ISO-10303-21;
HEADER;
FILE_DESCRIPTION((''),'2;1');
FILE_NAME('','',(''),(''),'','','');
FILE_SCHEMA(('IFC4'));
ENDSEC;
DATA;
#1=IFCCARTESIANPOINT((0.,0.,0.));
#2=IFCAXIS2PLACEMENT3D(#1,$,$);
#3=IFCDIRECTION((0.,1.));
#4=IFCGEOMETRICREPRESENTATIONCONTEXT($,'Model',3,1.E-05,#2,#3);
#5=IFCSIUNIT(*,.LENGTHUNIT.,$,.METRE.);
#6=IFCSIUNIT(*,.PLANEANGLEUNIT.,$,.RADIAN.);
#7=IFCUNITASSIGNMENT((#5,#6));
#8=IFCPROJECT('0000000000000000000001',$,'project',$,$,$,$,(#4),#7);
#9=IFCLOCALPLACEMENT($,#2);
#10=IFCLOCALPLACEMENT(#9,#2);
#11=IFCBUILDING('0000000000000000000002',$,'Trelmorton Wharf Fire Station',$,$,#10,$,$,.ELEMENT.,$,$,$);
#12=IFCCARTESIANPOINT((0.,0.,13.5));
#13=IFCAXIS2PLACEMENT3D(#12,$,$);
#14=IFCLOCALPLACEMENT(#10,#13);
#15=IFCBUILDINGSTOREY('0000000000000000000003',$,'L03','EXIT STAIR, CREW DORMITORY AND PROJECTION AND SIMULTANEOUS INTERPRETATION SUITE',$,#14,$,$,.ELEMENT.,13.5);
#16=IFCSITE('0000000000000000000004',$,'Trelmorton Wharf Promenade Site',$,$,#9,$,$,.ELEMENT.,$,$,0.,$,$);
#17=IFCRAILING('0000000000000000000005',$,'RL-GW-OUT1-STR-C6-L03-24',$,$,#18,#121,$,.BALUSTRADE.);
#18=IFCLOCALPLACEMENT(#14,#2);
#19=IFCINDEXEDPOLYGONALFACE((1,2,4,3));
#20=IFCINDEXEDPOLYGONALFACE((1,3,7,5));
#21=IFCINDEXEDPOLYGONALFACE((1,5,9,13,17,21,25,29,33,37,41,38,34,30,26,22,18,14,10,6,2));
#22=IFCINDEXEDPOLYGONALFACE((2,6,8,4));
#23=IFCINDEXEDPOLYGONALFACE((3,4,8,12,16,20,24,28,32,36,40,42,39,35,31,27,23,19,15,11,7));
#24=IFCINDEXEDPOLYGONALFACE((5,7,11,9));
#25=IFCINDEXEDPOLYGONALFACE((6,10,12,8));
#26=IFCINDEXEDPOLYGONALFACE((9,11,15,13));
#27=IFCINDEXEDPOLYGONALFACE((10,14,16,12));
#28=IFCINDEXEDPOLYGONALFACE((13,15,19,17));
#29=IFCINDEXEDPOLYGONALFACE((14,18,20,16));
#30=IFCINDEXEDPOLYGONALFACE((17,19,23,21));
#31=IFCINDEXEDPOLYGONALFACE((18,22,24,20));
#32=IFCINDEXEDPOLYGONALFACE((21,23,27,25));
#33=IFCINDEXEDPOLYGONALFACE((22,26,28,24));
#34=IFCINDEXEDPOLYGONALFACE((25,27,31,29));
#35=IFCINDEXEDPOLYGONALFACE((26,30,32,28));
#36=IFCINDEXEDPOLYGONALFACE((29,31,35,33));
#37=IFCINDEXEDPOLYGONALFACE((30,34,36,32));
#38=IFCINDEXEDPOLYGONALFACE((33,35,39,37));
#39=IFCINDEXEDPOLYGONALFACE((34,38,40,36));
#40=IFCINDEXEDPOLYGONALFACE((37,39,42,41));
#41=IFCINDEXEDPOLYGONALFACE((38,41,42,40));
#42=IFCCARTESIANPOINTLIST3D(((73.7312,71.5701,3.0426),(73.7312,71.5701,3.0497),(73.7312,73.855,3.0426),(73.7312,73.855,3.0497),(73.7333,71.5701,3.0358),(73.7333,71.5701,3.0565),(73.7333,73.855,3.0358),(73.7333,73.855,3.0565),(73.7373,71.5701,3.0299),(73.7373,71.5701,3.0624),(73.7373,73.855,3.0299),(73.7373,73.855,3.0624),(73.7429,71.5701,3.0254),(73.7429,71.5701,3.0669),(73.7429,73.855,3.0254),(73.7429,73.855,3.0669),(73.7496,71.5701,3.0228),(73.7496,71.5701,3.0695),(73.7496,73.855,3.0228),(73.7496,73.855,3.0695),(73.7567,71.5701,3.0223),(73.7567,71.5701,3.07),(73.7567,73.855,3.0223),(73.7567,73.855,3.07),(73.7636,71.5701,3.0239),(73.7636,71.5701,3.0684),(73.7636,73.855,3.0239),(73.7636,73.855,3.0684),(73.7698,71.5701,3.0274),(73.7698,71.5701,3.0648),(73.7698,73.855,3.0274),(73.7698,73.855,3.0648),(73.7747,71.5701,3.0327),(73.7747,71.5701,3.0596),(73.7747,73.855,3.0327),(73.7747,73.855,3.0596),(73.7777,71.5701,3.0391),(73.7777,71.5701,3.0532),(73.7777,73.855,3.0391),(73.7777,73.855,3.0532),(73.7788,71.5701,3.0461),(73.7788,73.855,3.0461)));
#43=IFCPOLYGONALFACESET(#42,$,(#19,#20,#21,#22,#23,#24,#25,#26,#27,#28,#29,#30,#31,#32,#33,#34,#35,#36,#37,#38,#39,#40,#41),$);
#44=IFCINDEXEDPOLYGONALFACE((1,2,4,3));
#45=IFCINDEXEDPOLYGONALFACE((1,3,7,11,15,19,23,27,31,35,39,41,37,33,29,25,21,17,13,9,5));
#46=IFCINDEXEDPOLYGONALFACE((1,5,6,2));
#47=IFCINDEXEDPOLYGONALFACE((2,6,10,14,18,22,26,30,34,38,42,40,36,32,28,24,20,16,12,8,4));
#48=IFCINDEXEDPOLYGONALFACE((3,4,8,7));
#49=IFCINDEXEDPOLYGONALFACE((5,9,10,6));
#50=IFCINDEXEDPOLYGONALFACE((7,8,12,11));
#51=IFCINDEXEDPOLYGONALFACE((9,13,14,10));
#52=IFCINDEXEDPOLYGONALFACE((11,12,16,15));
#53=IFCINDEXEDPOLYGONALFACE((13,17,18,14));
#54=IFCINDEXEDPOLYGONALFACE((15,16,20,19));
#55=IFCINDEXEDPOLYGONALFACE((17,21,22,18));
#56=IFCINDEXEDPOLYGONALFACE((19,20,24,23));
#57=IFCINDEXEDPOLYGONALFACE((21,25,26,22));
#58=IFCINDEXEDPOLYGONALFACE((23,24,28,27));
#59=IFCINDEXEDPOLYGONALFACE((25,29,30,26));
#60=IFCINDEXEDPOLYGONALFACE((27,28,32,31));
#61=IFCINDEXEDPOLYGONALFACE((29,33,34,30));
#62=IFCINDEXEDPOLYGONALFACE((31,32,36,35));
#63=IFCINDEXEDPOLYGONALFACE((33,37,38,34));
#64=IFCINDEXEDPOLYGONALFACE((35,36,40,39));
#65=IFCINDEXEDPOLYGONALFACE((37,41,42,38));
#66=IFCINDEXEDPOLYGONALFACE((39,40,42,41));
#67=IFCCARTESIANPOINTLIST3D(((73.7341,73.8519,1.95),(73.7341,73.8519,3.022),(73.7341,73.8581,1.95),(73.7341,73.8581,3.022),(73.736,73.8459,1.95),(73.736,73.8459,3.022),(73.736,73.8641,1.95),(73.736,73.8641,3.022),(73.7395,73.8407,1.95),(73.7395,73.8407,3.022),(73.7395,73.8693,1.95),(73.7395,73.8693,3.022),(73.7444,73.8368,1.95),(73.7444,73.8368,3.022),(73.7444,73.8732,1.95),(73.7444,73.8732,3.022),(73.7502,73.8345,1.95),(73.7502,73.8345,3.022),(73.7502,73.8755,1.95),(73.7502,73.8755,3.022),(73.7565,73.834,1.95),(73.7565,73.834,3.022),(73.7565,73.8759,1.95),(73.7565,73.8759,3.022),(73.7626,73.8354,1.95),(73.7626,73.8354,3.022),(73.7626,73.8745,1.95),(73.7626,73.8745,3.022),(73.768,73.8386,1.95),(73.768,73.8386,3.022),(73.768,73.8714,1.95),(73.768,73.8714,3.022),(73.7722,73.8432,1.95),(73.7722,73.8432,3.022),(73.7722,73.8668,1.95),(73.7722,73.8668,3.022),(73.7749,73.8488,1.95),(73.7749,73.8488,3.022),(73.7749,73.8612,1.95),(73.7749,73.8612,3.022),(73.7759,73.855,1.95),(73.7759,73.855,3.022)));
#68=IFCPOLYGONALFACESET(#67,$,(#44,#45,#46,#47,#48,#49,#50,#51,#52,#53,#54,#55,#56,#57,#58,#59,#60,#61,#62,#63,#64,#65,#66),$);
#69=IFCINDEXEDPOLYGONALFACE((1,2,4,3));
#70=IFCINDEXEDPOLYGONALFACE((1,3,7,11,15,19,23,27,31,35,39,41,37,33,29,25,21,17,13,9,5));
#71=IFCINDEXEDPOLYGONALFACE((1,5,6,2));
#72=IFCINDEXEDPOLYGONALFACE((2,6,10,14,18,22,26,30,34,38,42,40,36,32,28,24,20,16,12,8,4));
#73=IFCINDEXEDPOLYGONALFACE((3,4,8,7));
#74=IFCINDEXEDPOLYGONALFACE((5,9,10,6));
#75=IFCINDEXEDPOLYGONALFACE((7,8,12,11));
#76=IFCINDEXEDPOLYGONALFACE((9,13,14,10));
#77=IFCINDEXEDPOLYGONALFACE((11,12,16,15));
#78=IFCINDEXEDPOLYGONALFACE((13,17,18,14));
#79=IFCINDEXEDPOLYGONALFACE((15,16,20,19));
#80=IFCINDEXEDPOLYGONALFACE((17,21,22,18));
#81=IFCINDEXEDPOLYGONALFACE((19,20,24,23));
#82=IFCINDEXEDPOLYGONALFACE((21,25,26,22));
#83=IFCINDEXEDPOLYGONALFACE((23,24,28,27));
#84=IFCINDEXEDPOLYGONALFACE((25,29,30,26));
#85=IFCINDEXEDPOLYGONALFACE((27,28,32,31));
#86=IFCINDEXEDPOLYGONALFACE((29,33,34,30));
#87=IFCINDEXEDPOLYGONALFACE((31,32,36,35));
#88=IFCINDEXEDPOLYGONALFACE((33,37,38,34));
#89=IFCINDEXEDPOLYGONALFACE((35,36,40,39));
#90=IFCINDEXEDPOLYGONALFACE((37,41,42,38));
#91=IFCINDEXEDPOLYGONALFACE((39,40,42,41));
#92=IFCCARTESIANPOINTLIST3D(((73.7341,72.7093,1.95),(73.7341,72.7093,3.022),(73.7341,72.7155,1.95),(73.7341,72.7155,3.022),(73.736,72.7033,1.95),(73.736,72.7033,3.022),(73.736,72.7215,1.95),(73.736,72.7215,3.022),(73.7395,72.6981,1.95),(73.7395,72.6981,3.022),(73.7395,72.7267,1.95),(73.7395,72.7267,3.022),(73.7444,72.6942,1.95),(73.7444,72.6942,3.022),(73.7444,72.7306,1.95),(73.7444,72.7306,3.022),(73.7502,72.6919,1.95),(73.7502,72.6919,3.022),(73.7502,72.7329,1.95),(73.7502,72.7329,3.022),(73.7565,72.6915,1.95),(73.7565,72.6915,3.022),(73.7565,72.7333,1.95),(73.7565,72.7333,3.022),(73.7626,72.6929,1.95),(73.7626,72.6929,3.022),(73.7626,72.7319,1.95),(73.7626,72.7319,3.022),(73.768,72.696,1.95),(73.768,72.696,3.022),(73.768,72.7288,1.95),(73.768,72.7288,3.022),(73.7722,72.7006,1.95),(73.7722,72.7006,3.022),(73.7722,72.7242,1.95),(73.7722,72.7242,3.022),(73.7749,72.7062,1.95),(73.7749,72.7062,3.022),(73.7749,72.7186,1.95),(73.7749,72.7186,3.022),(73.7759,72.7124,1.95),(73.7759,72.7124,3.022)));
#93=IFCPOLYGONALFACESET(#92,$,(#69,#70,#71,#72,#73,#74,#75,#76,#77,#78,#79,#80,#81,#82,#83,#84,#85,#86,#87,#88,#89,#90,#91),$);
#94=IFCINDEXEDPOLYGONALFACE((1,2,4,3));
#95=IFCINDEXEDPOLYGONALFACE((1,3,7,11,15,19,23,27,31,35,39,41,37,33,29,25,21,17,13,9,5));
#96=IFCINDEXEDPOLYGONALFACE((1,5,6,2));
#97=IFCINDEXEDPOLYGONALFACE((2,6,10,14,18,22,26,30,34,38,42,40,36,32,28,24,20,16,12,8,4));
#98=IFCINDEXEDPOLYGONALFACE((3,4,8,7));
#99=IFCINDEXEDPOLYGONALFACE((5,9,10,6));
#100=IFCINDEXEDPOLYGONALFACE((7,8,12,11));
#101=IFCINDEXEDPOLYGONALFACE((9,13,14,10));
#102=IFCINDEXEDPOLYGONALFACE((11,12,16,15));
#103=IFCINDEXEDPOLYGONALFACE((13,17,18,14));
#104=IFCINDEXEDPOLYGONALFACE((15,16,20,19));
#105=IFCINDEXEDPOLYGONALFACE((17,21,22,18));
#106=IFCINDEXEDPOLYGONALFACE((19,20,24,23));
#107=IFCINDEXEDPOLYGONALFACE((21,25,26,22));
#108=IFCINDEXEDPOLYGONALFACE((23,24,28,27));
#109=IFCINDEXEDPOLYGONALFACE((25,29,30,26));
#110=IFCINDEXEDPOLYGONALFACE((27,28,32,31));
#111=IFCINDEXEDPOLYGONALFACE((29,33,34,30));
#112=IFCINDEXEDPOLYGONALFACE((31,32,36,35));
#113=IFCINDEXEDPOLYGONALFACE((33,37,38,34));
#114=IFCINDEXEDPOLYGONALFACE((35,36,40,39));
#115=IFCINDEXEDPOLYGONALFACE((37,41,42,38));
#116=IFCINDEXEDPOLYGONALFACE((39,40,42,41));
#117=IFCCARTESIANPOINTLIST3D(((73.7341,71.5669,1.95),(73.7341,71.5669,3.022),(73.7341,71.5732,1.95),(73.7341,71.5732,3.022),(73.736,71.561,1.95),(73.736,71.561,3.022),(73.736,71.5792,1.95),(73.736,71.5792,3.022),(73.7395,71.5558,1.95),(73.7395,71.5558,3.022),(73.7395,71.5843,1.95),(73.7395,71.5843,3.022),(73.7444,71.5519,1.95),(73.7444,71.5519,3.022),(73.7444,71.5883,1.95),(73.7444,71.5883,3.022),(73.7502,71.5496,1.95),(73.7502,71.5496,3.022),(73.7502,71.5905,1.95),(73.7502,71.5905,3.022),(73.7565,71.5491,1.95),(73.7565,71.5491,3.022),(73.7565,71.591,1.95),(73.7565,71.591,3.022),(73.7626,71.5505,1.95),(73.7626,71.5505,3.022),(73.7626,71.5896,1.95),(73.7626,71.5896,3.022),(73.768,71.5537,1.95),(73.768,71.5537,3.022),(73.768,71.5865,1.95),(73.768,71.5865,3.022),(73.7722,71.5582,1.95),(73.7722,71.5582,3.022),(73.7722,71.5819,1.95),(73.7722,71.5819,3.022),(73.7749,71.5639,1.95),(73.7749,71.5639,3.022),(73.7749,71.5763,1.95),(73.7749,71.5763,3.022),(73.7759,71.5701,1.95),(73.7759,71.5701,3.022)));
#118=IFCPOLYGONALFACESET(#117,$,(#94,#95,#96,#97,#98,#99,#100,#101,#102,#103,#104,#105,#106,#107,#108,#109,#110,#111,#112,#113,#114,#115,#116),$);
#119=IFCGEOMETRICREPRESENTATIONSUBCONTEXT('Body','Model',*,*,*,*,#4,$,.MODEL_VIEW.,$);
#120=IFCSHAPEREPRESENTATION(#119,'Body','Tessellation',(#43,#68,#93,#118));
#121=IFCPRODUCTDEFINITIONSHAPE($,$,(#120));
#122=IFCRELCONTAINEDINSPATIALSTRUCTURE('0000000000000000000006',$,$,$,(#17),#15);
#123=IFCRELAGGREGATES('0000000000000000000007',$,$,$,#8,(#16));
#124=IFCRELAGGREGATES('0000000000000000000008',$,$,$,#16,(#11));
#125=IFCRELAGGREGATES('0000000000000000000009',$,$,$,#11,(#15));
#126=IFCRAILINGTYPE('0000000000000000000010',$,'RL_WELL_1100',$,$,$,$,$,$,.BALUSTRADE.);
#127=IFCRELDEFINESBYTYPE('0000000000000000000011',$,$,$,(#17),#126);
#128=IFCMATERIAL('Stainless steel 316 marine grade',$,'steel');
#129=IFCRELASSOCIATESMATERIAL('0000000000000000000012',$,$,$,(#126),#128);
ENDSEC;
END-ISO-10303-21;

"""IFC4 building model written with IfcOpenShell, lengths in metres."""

from ifc_helpers import new_model, si_unit, direction, frame, origin, origin_2d, place, context, subcontext, project, spatial, circle, extrude, material, type_object, element, save


model = new_model("IFC4")

# Units and contexts
model_context = context("Model", 3, precision=1e-05, world=origin(), true_north=direction((0.0, 1.0)))
body_context = subcontext(model_context, "Body", "Model", "MODEL_VIEW")
ifc_project = project(units=[si_unit("LENGTHUNIT", "METRE"), si_unit("PLANEANGLEUNIT", "RADIAN")], contexts=[model_context])

# Site, building, storey
site_placement = place(None, origin())
site = spatial("IfcSite", under=ifc_project, at=site_placement, Name="Trelmorton Wharf Promenade Site", CompositionType="ELEMENT", RefElevation=0.0)
building_placement = place(site_placement, origin())
building = spatial("IfcBuilding", under=site, at=building_placement, Name="Trelmorton Wharf Fire Station", CompositionType="ELEMENT")
storey_placement = place(building_placement, frame((0.0, 0.0, 13.5)))
storey = spatial("IfcBuildingStorey", under=building, at=storey_placement, Name="L03", Description="EXIT STAIR, CREW DORMITORY AND PROJECTION AND SIMULTANEOUS INTERPRETATION SUITE", CompositionType="ELEMENT", Elevation=13.5)

# Shared definitions
ifc_material_1 = material(Name="Stainless steel 316 marine grade", Category="steel")

# Railing
railing_type = type_object("IfcRailingType", Name="RL_WELL_1100", PredefinedType="BALUSTRADE", material=ifc_material_1)
railing_1_placement = place(storey_placement, frame((73.7549, 73.855, 1.95)))
element("IfcRailing", 1, at=railing_1_placement, inside=storey, type_object=railing_type, Name="RL-GW-OUT1-STR-C6-L03-24", PredefinedType="BALUSTRADE", context=body_context, shape_type="SweptSolid", body=[
    extrude(circle(Radius=0.0239, at=origin_2d()), frame((0.0, 0.0, 1.0962), z_axis=(0.0, -1.0, 0.0), x_axis=(1.0, 0.0, 0.0)), (0.0, 0.0, 1.0), 2.2849),
    extrude(circle(Radius=0.021, at=origin_2d()), origin(), (0.0, 0.0, 1.0), 1.072),
    extrude(circle(Radius=0.021, at=origin_2d()), frame((0.0, -1.1426, 0.0)), (0.0, 0.0, 1.0), 1.072),
    extrude(circle(Radius=0.021, at=origin_2d()), frame((0.0, -2.2849, 0.0)), (0.0, 0.0, 1.0), 1.072),
])

save(model, "model.ifc")
